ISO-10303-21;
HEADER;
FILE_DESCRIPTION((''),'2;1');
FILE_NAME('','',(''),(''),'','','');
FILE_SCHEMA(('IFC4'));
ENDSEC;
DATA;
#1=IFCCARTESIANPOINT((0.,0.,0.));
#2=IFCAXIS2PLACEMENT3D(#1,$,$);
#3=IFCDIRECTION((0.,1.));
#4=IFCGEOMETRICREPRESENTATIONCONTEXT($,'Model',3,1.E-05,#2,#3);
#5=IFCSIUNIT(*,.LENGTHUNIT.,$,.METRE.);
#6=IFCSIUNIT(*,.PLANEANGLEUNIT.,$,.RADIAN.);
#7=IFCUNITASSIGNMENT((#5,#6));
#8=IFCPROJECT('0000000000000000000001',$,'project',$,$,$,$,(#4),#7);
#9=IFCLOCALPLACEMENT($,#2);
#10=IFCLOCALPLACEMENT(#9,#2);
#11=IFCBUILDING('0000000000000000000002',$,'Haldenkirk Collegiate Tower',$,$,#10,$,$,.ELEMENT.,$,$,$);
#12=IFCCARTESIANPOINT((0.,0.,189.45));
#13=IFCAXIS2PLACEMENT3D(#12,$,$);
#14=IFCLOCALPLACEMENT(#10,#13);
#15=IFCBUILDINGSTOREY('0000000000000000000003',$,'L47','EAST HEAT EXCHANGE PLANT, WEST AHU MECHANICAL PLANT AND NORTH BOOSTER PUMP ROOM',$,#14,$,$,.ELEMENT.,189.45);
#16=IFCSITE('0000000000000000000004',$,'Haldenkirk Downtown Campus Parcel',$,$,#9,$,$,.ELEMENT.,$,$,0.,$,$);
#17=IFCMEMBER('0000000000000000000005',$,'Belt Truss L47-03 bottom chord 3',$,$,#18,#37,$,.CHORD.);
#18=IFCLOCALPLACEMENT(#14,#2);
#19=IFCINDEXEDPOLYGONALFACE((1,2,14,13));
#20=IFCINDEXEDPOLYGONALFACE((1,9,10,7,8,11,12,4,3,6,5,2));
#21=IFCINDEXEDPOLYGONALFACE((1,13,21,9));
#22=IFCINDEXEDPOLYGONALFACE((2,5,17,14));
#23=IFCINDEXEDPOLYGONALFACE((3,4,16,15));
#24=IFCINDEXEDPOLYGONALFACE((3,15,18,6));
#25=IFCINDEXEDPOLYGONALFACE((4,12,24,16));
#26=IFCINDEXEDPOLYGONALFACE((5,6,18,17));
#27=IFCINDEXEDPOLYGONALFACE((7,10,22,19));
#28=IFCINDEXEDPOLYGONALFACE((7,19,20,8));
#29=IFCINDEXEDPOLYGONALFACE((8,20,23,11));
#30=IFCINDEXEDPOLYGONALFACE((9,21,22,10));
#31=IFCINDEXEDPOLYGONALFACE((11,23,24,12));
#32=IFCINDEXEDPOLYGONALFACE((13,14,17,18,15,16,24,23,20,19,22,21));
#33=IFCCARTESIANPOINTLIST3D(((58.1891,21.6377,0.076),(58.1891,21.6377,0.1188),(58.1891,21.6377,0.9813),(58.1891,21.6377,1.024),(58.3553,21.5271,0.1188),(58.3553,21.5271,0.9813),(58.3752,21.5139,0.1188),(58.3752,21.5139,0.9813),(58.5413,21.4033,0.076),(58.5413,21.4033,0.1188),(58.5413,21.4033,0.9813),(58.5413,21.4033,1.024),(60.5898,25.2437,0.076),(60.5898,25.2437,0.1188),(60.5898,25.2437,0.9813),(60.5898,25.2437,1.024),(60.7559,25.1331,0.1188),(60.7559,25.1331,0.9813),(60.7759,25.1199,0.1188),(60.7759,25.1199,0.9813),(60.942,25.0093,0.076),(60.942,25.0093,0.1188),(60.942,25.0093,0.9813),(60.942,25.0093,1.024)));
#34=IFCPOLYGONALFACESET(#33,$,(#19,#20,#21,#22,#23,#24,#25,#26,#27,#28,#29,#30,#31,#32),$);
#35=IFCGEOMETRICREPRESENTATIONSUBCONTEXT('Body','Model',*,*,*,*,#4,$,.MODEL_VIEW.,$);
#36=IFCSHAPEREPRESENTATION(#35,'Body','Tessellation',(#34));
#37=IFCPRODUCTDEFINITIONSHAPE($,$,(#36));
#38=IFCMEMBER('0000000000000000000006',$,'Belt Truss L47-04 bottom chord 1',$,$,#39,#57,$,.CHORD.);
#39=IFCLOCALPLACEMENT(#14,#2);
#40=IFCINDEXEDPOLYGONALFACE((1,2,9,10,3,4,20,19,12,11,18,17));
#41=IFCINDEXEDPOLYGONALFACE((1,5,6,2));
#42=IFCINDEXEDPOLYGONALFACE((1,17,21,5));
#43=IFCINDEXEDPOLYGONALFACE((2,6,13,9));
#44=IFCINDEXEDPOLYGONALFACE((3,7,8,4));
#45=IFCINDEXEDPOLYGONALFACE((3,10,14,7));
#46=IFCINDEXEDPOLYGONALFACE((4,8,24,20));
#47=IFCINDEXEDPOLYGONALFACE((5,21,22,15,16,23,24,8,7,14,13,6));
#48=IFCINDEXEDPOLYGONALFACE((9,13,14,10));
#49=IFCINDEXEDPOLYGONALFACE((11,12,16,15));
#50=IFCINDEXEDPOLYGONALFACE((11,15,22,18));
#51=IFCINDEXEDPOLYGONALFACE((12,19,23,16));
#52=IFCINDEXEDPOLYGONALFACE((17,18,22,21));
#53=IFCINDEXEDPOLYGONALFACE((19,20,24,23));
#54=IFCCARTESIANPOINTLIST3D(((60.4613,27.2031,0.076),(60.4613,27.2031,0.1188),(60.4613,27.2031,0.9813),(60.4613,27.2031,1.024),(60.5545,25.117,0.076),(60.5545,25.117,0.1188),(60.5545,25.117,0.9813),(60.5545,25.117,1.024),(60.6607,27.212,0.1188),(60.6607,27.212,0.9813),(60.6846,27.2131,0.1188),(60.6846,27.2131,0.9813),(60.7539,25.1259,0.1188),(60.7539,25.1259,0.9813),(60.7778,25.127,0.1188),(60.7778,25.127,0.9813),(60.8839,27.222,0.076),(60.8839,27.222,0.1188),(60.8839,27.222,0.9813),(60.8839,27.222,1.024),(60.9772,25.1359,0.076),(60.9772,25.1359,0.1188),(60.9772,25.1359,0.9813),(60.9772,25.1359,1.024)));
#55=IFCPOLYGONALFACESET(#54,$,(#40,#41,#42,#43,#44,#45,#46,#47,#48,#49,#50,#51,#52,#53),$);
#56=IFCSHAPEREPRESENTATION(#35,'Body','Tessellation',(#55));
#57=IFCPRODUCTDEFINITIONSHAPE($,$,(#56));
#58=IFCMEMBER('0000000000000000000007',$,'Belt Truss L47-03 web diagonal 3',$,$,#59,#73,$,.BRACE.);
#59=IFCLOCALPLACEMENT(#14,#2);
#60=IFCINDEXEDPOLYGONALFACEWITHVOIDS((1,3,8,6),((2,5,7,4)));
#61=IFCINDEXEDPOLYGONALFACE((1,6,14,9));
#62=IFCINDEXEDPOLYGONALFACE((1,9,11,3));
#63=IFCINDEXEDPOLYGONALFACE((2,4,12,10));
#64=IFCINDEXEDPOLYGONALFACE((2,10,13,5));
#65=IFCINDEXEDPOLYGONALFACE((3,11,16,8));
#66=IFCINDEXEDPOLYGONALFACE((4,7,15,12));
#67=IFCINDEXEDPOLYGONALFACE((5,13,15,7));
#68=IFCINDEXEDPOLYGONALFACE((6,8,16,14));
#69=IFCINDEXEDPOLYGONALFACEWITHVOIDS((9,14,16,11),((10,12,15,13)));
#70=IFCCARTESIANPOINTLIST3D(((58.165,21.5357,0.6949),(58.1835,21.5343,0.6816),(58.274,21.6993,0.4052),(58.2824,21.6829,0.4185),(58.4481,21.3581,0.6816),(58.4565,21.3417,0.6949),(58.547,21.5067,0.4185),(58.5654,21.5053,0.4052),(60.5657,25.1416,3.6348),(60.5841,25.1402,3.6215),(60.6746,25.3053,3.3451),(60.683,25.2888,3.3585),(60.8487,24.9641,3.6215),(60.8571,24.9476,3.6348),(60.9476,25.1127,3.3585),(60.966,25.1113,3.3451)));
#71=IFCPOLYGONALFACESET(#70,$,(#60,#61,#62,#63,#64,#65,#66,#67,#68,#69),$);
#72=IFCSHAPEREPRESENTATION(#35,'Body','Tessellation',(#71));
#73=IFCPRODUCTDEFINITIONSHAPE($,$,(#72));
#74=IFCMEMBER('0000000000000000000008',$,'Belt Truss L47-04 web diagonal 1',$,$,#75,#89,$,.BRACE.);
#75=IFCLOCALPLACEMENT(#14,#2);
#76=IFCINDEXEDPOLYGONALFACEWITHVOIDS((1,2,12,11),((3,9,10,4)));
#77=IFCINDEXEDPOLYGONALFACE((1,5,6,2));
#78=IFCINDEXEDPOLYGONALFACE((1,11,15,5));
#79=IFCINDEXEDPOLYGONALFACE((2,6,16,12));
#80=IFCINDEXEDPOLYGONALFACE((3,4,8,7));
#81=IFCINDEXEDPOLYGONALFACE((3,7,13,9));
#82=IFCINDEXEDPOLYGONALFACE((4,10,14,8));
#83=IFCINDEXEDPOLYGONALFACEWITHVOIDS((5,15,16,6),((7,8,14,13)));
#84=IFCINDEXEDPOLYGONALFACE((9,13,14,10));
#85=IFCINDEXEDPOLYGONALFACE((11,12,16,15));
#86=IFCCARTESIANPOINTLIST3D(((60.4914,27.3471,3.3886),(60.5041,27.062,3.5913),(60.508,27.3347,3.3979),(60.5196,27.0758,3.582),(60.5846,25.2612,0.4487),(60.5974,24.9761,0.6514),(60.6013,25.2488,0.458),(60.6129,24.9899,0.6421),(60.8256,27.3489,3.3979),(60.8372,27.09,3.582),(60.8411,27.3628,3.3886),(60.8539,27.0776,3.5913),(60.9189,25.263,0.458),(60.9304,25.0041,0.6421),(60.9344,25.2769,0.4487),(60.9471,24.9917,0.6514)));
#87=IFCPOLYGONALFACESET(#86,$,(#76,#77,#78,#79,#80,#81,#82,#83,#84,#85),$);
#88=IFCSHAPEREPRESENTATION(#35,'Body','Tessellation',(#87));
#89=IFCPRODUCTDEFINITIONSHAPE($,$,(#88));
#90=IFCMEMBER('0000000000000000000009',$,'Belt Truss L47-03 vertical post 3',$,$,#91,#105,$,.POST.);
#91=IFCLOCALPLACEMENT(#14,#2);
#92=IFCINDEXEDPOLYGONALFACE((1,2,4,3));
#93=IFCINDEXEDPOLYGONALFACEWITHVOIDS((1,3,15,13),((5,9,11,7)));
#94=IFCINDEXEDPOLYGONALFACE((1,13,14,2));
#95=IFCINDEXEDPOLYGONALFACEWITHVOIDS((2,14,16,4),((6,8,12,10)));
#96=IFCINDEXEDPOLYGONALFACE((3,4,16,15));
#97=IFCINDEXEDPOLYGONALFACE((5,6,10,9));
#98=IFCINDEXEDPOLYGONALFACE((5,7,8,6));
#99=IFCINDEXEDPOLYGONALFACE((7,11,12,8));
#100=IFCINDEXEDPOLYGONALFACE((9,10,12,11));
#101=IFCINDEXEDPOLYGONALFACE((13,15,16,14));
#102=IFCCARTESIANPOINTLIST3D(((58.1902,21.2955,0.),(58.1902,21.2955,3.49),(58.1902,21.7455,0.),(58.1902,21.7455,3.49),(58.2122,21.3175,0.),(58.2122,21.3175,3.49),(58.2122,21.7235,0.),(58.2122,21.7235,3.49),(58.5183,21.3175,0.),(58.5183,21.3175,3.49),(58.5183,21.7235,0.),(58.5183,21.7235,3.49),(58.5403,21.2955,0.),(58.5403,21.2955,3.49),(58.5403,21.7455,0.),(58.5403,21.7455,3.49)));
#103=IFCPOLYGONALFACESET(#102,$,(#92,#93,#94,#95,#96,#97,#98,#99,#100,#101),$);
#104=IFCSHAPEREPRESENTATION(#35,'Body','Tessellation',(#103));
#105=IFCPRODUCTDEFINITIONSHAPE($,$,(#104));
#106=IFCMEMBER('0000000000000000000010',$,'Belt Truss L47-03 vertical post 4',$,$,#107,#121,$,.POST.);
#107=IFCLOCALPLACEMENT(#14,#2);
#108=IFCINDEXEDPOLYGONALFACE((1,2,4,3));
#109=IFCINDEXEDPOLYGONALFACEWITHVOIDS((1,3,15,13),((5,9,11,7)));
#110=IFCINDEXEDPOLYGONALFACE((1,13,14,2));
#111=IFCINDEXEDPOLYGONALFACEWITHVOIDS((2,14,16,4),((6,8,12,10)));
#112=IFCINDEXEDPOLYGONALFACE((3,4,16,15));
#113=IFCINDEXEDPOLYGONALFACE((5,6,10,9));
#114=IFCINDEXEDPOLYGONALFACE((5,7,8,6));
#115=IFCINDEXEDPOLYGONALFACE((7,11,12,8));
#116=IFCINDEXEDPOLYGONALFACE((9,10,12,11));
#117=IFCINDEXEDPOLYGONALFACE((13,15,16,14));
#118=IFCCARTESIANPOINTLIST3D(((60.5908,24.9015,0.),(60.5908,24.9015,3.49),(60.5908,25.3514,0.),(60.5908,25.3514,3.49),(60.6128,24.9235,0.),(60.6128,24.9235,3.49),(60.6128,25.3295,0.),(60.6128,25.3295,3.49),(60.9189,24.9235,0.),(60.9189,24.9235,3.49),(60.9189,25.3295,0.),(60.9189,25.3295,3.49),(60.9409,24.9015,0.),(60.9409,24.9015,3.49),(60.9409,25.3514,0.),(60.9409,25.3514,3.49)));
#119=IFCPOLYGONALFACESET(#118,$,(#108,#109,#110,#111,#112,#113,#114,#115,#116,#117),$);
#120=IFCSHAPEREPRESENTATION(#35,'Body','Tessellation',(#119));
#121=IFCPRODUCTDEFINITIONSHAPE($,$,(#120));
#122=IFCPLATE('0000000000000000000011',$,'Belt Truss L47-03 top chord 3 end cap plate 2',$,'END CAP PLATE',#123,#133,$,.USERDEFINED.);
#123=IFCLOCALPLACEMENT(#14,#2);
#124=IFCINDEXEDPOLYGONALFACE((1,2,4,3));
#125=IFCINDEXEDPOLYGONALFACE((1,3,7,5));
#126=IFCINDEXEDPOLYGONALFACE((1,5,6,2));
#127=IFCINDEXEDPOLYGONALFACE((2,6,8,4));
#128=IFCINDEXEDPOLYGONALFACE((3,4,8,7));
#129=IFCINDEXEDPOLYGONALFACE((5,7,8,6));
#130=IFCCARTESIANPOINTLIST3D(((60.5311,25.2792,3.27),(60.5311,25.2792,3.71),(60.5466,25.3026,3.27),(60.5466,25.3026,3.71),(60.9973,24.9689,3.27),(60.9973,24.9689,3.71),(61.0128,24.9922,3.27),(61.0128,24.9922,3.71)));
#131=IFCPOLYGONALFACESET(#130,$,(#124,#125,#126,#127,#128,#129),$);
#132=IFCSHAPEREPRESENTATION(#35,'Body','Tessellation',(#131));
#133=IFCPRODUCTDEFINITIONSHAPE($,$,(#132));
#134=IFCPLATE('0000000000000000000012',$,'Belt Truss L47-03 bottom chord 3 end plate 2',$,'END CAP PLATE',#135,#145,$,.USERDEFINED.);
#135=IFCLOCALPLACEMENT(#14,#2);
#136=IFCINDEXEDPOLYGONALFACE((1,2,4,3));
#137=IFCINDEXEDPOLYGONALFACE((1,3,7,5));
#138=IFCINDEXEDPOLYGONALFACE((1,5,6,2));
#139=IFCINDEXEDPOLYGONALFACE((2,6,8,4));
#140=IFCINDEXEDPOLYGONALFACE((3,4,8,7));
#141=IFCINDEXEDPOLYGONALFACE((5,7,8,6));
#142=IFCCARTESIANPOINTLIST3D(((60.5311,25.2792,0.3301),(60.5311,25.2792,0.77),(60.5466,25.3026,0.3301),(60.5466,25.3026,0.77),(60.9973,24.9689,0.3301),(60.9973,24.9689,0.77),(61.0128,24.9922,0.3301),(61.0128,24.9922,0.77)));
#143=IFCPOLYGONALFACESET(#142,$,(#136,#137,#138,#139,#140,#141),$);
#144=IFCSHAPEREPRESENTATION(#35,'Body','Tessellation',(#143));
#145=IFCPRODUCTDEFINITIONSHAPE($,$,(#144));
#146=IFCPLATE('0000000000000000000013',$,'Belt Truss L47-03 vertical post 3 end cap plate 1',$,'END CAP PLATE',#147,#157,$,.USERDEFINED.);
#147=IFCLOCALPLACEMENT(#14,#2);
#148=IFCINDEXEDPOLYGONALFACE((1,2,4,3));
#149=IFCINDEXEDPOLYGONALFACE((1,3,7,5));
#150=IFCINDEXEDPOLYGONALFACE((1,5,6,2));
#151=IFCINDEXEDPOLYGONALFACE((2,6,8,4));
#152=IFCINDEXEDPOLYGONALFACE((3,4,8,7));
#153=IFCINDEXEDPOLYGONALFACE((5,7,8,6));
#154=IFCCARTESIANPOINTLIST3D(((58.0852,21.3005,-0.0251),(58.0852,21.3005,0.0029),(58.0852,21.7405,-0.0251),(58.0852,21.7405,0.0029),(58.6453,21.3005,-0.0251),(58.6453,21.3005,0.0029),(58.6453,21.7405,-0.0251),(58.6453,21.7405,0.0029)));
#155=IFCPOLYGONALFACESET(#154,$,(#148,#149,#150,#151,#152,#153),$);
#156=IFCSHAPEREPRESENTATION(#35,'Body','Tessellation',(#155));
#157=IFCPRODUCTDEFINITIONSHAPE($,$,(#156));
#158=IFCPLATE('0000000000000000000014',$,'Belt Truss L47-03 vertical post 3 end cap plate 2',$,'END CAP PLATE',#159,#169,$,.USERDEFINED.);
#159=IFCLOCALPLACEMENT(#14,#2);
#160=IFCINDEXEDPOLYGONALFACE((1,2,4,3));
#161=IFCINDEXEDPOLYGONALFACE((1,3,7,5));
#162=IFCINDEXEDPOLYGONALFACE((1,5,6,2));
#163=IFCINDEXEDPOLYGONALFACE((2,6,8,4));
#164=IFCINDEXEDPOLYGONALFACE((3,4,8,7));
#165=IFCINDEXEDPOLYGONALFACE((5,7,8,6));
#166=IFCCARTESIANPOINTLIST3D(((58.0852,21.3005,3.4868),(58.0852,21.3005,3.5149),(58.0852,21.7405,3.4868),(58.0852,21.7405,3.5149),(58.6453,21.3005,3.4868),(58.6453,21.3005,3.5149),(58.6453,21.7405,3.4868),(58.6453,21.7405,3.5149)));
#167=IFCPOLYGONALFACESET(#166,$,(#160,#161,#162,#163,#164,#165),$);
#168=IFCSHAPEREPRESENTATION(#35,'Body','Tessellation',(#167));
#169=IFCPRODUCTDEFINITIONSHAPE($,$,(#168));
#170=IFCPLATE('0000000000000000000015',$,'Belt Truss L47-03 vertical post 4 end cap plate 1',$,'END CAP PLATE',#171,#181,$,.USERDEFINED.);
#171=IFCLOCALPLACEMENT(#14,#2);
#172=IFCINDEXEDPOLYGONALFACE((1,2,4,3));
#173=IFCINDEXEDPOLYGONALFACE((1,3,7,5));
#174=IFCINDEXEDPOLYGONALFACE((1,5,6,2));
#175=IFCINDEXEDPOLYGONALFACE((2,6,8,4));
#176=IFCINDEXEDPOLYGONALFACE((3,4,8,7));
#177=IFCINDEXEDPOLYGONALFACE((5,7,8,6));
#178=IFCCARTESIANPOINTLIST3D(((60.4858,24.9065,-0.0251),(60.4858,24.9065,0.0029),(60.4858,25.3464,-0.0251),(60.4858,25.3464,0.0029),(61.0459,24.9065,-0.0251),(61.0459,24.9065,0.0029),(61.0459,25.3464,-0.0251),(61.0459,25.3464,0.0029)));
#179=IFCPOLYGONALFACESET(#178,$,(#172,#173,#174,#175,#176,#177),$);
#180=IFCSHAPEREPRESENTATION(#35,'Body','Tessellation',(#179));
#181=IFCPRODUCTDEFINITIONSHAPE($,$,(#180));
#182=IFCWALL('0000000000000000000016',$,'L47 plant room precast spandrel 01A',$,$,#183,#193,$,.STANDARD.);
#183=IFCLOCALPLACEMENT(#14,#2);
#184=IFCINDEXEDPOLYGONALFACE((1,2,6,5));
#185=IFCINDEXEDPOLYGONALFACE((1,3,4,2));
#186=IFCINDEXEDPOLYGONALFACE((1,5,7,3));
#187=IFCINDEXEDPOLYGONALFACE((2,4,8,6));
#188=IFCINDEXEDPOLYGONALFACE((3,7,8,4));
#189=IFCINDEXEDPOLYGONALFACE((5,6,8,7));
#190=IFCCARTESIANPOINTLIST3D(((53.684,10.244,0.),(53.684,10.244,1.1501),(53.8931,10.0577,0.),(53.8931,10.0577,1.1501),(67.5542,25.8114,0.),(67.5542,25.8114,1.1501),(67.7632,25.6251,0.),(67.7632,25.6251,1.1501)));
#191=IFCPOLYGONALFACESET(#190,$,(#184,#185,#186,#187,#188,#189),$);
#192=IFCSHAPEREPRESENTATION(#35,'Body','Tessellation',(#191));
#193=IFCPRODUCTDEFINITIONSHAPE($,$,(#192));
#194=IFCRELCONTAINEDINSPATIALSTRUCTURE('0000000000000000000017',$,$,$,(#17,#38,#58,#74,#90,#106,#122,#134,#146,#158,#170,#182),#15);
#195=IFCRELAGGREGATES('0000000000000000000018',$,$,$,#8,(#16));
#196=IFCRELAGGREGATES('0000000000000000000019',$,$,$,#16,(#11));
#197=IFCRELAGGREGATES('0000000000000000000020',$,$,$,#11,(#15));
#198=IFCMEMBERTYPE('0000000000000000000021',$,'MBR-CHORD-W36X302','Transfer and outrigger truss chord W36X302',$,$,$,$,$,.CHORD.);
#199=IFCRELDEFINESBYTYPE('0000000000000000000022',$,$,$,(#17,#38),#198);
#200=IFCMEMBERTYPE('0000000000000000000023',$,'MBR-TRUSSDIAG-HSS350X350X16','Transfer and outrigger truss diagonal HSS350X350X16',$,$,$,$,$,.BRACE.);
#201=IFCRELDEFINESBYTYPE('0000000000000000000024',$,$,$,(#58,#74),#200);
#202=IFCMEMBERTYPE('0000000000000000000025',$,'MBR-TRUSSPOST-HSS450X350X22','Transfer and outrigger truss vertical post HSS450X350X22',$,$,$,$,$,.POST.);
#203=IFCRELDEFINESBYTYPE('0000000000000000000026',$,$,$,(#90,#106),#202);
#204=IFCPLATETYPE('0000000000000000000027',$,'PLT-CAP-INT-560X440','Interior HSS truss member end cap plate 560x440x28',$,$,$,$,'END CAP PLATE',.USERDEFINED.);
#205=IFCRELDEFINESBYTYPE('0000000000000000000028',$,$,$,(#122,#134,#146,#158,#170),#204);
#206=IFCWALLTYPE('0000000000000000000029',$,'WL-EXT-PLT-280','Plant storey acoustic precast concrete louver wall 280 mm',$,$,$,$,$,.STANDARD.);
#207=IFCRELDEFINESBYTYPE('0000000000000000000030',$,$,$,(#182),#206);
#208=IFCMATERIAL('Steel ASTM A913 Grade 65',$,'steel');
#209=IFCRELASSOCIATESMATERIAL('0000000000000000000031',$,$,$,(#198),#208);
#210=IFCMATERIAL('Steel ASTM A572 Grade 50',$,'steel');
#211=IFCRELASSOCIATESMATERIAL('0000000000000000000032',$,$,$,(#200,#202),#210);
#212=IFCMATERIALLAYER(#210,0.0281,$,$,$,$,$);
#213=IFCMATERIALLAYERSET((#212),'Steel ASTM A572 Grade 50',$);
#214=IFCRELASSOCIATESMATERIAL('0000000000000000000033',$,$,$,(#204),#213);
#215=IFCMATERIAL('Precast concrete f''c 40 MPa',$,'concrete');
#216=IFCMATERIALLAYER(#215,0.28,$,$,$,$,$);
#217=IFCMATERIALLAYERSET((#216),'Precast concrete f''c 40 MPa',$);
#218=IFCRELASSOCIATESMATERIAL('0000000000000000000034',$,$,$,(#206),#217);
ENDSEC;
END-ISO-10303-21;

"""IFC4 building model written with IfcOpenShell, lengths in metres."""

from ifc_helpers import new_model, si_unit, direction, frame, frame_2d, origin, origin_2d, place, context, subcontext, project, spatial, rectangle, hollow_rectangle, i_section, extrude, source, transform, mapped, material, layer, layer_set, material_profile, profile_set, type_object, element, save


model = new_model("IFC4")

# Units and contexts
model_context = context("Model", 3, precision=1e-05, world=origin(), true_north=direction((0.0, 1.0)))
body_context = subcontext(model_context, "Body", "Model", "MODEL_VIEW")
ifc_project = project(units=[si_unit("LENGTHUNIT", "METRE"), si_unit("PLANEANGLEUNIT", "RADIAN")], contexts=[model_context])

# Site, building, storey
site_placement = place(None, origin())
site = spatial("IfcSite", under=ifc_project, at=site_placement, Name="Haldenkirk Downtown Campus Parcel", CompositionType="ELEMENT", RefElevation=0.0)
building_placement = place(site_placement, origin())
building = spatial("IfcBuilding", under=site, at=building_placement, Name="Haldenkirk Collegiate Tower", CompositionType="ELEMENT")
storey_placement = place(building_placement, frame((0.0, 0.0, 189.45)))
storey = spatial("IfcBuildingStorey", under=building, at=storey_placement, Name="L47", Description="EAST HEAT EXCHANGE PLANT, WEST AHU MECHANICAL PLANT AND NORTH BOOSTER PUMP ROOM", CompositionType="ELEMENT", Elevation=189.45)

# Shared definitions
ifc_material_1 = material(Name="Steel ASTM A913 Grade 65", Category="steel")
ifc_material_2 = material(Name="Steel ASTM A572 Grade 50", Category="steel")

# Members
ifc_material_profile_1 = material_profile(ifc_material_1, i_section(OverallWidth=0.4231, OverallDepth=0.948, WebThickness=0.0239, FlangeThickness=0.0427, at=origin_2d()), Name="W36X302")
ifc_profile_set_1 = profile_set([ifc_material_profile_1], Name="Steel ASTM A913 Grade 65")
member_type_1 = type_object("IfcMemberType", Name="MBR-CHORD-W36X302", Description="Transfer and outrigger truss chord W36X302", PredefinedType="CHORD", material=ifc_profile_set_1)
member_1_placement = place(storey_placement, frame((58.3652, 21.5205, 0.55), z_axis=(0.554167, 0.832406, 0.0), x_axis=(-0.832406, 0.554167, 0.0)))
element("IfcMember", 1, at=member_1_placement, inside=storey, type_object=member_type_1, Name="Belt Truss L47-03 bottom chord 3", PredefinedType="CHORD", context=body_context, shape_type="SweptSolid", body=[
    extrude(i_section(OverallWidth=0.4231, OverallDepth=0.948, WebThickness=0.0239, FlangeThickness=0.0427, at=origin_2d()), origin(), (0.0, 0.0, 1.0), 4.332),
])
member_2_placement = place(storey_placement, frame((60.7659, 25.1265, 0.55), z_axis=(-0.044665, 0.999002, 0.0), x_axis=(-0.999002, -0.044665, 0.0)))
element("IfcMember", 2, at=member_2_placement, inside=storey, type_object=member_type_1, Name="Belt Truss L47-04 bottom chord 1", PredefinedType="CHORD", context=body_context, shape_type="SweptSolid", body=[
    extrude(i_section(OverallWidth=0.4231, OverallDepth=0.948, WebThickness=0.0239, FlangeThickness=0.0427, at=origin_2d()), origin(), (0.0, 0.0, 1.0), 2.0881),
])
ifc_material_profile_2 = material_profile(ifc_material_2, hollow_rectangle(XDim=0.3501, YDim=0.3501, WallThickness=0.0161, at=origin_2d()), Name="HSS350X350X16")
ifc_profile_set_2 = profile_set([ifc_material_profile_2], Name="Steel ASTM A572 Grade 50")
member_type_2 = type_object("IfcMemberType", Name="MBR-TRUSSDIAG-HSS350X350X16", Description="Transfer and outrigger truss diagonal HSS350X350X16", PredefinedType="BRACE", material=ifc_profile_set_2)
member_3_placement = place(storey_placement, frame((58.3652, 21.5205, 0.55), z_axis=(0.45854, 0.688767, 0.561552), x_axis=(-0.832406, 0.554167, 0.0)))
element("IfcMember", 3, at=member_3_placement, inside=storey, type_object=member_type_2, Name="Belt Truss L47-03 web diagonal 3", PredefinedType="BRACE", context=body_context, shape_type="SweptSolid", body=[
    extrude(hollow_rectangle(XDim=0.3501, YDim=0.3501, WallThickness=0.0161, at=origin_2d()), origin(), (0.0, 0.0, 1.0), 5.2354),
])
member_4_placement = place(storey_placement, frame((60.7659, 25.1265, 0.55), z_axis=(-0.025863, 0.578466, 0.815296), x_axis=(-0.999002, -0.044665, 0.0)))
element("IfcMember", 4, at=member_4_placement, inside=storey, type_object=member_type_2, Name="Belt Truss L47-04 web diagonal 1", PredefinedType="BRACE", context=body_context, shape_type="SweptSolid", body=[
    extrude(hollow_rectangle(XDim=0.3501, YDim=0.3501, WallThickness=0.0161, at=origin_2d()), origin(), (0.0, 0.0, 1.0), 3.606),
])
ifc_material_profile_3 = material_profile(ifc_material_2, hollow_rectangle(XDim=0.3501, YDim=0.45, WallThickness=0.022, at=origin_2d()), Name="HSS450X350X22")
ifc_profile_set_3 = profile_set([ifc_material_profile_3], Name="Steel ASTM A572 Grade 50")
member_type_3 = type_object("IfcMemberType", Name="MBR-TRUSSPOST-HSS450X350X22", Description="Transfer and outrigger truss vertical post HSS450X350X22", PredefinedType="POST", material=ifc_profile_set_3)
for number, where, z_axis, x_axis, name in (
    (5, (58.3652, 21.5205, 0.0), (0.0, 0.0, 1.0), (1.0, 0.0, 0.0), "Belt Truss L47-03 vertical post 3"),
    (6, (60.7659, 25.1265, 0.0), (0.0, 0.0, 1.0), (1.0, 0.0, 0.0), "Belt Truss L47-03 vertical post 4"),
):
    element("IfcMember", number, at=place(storey_placement, frame(where, z_axis=z_axis, x_axis=x_axis)), inside=storey, type_object=member_type_3, Name=name, PredefinedType="POST", context=body_context, shape_type="SweptSolid", body=[
        extrude(hollow_rectangle(XDim=0.3501, YDim=0.45, WallThickness=0.022, at=origin_2d()), origin(), (0.0, 0.0, 1.0), 3.49),
    ])

# Plates
ifc_layer_1 = layer(ifc_material_2, 0.0281)
ifc_layer_set_1 = layer_set([ifc_layer_1], Name="Steel ASTM A572 Grade 50")
plate_type = type_object("IfcPlateType", Name="PLT-CAP-INT-560X440", Description="Interior HSS truss member end cap plate 560x440x28", ElementType="END CAP PLATE", PredefinedType="USERDEFINED", material=ifc_layer_set_1)
shared_shape_1 = source(origin(), body_context, "Body", "SweptSolid", [
    extrude(rectangle(XDim=0.5601, YDim=0.4399, at=origin_2d()), origin(), (0.0, 0.0, 1.0), 0.0281),
])
for number, where, z_axis, x_axis, name in (
    (7, (60.7642, 25.124, 3.49), (0.55413, 0.83243, 0.0), (-0.83243, 0.55413, 0.0), "Belt Truss L47-03 top chord 3 end cap plate 2"),
    (8, (60.7642, 25.124, 0.55), (0.554121, 0.832436, 0.0), (-0.832436, 0.554121, 0.0), "Belt Truss L47-03 bottom chord 3 end plate 2"),
    (9, (58.3652, 21.5205, 0.0029), (0.0, 0.0, -1.0), (1.0, 0.0, 0.0), "Belt Truss L47-03 vertical post 3 end cap plate 1"),
    (10, (58.3652, 21.5205, 3.4868), (0.0, 0.0, 1.0), (1.0, 0.0, 0.0), "Belt Truss L47-03 vertical post 3 end cap plate 2"),
    (11, (60.7659, 25.1265, 0.0029), (0.0, 0.0, -1.0), (1.0, 0.0, 0.0), "Belt Truss L47-03 vertical post 4 end cap plate 1"),
):
    element("IfcPlate", number, at=place(storey_placement, frame(where, z_axis=z_axis, x_axis=x_axis)), inside=storey, type_object=plate_type, Name=name, ObjectType="END CAP PLATE", PredefinedType="USERDEFINED", context=body_context, shape_type="MappedRepresentation", body=[
        mapped(shared_shape_1, transform((0.0, 0.0, 0.0), x_axis=(1.0, 0.0, 0.0), y_axis=(0.0, 1.0, 0.0), z_axis=(0.0, 0.0, 1.0), scale=1.0)),
    ])

# Wall
ifc_material_3 = material(Name="Precast concrete f'c 40 MPa", Category="concrete")
ifc_layer_2 = layer(ifc_material_3, 0.28)
ifc_layer_set_2 = layer_set([ifc_layer_2], Name="Precast concrete f'c 40 MPa")
wall_type = type_object("IfcWallType", Name="WL-EXT-PLT-280", Description="Plant storey acoustic precast concrete louver wall 280 mm", PredefinedType="STANDARD", material=ifc_layer_set_2)
wall_placement = place(storey_placement, frame((67.6587, 25.7183, 0.0), z_axis=(0.0, 0.0, 1.0), x_axis=(-0.665233, -0.746636, 0.0)))
element("IfcWall", 12, at=wall_placement, inside=storey, type_object=wall_type, Name="L47 plant room precast spandrel 01A", PredefinedType="STANDARD", context=body_context, shape_type="SweptSolid", body=[
    extrude(rectangle(XDim=20.8501, YDim=0.28, at=frame_2d((10.425, 0.0))), origin(), (0.0, 0.0, 1.0), 1.1501),
])

save(model, "model.ifc")
